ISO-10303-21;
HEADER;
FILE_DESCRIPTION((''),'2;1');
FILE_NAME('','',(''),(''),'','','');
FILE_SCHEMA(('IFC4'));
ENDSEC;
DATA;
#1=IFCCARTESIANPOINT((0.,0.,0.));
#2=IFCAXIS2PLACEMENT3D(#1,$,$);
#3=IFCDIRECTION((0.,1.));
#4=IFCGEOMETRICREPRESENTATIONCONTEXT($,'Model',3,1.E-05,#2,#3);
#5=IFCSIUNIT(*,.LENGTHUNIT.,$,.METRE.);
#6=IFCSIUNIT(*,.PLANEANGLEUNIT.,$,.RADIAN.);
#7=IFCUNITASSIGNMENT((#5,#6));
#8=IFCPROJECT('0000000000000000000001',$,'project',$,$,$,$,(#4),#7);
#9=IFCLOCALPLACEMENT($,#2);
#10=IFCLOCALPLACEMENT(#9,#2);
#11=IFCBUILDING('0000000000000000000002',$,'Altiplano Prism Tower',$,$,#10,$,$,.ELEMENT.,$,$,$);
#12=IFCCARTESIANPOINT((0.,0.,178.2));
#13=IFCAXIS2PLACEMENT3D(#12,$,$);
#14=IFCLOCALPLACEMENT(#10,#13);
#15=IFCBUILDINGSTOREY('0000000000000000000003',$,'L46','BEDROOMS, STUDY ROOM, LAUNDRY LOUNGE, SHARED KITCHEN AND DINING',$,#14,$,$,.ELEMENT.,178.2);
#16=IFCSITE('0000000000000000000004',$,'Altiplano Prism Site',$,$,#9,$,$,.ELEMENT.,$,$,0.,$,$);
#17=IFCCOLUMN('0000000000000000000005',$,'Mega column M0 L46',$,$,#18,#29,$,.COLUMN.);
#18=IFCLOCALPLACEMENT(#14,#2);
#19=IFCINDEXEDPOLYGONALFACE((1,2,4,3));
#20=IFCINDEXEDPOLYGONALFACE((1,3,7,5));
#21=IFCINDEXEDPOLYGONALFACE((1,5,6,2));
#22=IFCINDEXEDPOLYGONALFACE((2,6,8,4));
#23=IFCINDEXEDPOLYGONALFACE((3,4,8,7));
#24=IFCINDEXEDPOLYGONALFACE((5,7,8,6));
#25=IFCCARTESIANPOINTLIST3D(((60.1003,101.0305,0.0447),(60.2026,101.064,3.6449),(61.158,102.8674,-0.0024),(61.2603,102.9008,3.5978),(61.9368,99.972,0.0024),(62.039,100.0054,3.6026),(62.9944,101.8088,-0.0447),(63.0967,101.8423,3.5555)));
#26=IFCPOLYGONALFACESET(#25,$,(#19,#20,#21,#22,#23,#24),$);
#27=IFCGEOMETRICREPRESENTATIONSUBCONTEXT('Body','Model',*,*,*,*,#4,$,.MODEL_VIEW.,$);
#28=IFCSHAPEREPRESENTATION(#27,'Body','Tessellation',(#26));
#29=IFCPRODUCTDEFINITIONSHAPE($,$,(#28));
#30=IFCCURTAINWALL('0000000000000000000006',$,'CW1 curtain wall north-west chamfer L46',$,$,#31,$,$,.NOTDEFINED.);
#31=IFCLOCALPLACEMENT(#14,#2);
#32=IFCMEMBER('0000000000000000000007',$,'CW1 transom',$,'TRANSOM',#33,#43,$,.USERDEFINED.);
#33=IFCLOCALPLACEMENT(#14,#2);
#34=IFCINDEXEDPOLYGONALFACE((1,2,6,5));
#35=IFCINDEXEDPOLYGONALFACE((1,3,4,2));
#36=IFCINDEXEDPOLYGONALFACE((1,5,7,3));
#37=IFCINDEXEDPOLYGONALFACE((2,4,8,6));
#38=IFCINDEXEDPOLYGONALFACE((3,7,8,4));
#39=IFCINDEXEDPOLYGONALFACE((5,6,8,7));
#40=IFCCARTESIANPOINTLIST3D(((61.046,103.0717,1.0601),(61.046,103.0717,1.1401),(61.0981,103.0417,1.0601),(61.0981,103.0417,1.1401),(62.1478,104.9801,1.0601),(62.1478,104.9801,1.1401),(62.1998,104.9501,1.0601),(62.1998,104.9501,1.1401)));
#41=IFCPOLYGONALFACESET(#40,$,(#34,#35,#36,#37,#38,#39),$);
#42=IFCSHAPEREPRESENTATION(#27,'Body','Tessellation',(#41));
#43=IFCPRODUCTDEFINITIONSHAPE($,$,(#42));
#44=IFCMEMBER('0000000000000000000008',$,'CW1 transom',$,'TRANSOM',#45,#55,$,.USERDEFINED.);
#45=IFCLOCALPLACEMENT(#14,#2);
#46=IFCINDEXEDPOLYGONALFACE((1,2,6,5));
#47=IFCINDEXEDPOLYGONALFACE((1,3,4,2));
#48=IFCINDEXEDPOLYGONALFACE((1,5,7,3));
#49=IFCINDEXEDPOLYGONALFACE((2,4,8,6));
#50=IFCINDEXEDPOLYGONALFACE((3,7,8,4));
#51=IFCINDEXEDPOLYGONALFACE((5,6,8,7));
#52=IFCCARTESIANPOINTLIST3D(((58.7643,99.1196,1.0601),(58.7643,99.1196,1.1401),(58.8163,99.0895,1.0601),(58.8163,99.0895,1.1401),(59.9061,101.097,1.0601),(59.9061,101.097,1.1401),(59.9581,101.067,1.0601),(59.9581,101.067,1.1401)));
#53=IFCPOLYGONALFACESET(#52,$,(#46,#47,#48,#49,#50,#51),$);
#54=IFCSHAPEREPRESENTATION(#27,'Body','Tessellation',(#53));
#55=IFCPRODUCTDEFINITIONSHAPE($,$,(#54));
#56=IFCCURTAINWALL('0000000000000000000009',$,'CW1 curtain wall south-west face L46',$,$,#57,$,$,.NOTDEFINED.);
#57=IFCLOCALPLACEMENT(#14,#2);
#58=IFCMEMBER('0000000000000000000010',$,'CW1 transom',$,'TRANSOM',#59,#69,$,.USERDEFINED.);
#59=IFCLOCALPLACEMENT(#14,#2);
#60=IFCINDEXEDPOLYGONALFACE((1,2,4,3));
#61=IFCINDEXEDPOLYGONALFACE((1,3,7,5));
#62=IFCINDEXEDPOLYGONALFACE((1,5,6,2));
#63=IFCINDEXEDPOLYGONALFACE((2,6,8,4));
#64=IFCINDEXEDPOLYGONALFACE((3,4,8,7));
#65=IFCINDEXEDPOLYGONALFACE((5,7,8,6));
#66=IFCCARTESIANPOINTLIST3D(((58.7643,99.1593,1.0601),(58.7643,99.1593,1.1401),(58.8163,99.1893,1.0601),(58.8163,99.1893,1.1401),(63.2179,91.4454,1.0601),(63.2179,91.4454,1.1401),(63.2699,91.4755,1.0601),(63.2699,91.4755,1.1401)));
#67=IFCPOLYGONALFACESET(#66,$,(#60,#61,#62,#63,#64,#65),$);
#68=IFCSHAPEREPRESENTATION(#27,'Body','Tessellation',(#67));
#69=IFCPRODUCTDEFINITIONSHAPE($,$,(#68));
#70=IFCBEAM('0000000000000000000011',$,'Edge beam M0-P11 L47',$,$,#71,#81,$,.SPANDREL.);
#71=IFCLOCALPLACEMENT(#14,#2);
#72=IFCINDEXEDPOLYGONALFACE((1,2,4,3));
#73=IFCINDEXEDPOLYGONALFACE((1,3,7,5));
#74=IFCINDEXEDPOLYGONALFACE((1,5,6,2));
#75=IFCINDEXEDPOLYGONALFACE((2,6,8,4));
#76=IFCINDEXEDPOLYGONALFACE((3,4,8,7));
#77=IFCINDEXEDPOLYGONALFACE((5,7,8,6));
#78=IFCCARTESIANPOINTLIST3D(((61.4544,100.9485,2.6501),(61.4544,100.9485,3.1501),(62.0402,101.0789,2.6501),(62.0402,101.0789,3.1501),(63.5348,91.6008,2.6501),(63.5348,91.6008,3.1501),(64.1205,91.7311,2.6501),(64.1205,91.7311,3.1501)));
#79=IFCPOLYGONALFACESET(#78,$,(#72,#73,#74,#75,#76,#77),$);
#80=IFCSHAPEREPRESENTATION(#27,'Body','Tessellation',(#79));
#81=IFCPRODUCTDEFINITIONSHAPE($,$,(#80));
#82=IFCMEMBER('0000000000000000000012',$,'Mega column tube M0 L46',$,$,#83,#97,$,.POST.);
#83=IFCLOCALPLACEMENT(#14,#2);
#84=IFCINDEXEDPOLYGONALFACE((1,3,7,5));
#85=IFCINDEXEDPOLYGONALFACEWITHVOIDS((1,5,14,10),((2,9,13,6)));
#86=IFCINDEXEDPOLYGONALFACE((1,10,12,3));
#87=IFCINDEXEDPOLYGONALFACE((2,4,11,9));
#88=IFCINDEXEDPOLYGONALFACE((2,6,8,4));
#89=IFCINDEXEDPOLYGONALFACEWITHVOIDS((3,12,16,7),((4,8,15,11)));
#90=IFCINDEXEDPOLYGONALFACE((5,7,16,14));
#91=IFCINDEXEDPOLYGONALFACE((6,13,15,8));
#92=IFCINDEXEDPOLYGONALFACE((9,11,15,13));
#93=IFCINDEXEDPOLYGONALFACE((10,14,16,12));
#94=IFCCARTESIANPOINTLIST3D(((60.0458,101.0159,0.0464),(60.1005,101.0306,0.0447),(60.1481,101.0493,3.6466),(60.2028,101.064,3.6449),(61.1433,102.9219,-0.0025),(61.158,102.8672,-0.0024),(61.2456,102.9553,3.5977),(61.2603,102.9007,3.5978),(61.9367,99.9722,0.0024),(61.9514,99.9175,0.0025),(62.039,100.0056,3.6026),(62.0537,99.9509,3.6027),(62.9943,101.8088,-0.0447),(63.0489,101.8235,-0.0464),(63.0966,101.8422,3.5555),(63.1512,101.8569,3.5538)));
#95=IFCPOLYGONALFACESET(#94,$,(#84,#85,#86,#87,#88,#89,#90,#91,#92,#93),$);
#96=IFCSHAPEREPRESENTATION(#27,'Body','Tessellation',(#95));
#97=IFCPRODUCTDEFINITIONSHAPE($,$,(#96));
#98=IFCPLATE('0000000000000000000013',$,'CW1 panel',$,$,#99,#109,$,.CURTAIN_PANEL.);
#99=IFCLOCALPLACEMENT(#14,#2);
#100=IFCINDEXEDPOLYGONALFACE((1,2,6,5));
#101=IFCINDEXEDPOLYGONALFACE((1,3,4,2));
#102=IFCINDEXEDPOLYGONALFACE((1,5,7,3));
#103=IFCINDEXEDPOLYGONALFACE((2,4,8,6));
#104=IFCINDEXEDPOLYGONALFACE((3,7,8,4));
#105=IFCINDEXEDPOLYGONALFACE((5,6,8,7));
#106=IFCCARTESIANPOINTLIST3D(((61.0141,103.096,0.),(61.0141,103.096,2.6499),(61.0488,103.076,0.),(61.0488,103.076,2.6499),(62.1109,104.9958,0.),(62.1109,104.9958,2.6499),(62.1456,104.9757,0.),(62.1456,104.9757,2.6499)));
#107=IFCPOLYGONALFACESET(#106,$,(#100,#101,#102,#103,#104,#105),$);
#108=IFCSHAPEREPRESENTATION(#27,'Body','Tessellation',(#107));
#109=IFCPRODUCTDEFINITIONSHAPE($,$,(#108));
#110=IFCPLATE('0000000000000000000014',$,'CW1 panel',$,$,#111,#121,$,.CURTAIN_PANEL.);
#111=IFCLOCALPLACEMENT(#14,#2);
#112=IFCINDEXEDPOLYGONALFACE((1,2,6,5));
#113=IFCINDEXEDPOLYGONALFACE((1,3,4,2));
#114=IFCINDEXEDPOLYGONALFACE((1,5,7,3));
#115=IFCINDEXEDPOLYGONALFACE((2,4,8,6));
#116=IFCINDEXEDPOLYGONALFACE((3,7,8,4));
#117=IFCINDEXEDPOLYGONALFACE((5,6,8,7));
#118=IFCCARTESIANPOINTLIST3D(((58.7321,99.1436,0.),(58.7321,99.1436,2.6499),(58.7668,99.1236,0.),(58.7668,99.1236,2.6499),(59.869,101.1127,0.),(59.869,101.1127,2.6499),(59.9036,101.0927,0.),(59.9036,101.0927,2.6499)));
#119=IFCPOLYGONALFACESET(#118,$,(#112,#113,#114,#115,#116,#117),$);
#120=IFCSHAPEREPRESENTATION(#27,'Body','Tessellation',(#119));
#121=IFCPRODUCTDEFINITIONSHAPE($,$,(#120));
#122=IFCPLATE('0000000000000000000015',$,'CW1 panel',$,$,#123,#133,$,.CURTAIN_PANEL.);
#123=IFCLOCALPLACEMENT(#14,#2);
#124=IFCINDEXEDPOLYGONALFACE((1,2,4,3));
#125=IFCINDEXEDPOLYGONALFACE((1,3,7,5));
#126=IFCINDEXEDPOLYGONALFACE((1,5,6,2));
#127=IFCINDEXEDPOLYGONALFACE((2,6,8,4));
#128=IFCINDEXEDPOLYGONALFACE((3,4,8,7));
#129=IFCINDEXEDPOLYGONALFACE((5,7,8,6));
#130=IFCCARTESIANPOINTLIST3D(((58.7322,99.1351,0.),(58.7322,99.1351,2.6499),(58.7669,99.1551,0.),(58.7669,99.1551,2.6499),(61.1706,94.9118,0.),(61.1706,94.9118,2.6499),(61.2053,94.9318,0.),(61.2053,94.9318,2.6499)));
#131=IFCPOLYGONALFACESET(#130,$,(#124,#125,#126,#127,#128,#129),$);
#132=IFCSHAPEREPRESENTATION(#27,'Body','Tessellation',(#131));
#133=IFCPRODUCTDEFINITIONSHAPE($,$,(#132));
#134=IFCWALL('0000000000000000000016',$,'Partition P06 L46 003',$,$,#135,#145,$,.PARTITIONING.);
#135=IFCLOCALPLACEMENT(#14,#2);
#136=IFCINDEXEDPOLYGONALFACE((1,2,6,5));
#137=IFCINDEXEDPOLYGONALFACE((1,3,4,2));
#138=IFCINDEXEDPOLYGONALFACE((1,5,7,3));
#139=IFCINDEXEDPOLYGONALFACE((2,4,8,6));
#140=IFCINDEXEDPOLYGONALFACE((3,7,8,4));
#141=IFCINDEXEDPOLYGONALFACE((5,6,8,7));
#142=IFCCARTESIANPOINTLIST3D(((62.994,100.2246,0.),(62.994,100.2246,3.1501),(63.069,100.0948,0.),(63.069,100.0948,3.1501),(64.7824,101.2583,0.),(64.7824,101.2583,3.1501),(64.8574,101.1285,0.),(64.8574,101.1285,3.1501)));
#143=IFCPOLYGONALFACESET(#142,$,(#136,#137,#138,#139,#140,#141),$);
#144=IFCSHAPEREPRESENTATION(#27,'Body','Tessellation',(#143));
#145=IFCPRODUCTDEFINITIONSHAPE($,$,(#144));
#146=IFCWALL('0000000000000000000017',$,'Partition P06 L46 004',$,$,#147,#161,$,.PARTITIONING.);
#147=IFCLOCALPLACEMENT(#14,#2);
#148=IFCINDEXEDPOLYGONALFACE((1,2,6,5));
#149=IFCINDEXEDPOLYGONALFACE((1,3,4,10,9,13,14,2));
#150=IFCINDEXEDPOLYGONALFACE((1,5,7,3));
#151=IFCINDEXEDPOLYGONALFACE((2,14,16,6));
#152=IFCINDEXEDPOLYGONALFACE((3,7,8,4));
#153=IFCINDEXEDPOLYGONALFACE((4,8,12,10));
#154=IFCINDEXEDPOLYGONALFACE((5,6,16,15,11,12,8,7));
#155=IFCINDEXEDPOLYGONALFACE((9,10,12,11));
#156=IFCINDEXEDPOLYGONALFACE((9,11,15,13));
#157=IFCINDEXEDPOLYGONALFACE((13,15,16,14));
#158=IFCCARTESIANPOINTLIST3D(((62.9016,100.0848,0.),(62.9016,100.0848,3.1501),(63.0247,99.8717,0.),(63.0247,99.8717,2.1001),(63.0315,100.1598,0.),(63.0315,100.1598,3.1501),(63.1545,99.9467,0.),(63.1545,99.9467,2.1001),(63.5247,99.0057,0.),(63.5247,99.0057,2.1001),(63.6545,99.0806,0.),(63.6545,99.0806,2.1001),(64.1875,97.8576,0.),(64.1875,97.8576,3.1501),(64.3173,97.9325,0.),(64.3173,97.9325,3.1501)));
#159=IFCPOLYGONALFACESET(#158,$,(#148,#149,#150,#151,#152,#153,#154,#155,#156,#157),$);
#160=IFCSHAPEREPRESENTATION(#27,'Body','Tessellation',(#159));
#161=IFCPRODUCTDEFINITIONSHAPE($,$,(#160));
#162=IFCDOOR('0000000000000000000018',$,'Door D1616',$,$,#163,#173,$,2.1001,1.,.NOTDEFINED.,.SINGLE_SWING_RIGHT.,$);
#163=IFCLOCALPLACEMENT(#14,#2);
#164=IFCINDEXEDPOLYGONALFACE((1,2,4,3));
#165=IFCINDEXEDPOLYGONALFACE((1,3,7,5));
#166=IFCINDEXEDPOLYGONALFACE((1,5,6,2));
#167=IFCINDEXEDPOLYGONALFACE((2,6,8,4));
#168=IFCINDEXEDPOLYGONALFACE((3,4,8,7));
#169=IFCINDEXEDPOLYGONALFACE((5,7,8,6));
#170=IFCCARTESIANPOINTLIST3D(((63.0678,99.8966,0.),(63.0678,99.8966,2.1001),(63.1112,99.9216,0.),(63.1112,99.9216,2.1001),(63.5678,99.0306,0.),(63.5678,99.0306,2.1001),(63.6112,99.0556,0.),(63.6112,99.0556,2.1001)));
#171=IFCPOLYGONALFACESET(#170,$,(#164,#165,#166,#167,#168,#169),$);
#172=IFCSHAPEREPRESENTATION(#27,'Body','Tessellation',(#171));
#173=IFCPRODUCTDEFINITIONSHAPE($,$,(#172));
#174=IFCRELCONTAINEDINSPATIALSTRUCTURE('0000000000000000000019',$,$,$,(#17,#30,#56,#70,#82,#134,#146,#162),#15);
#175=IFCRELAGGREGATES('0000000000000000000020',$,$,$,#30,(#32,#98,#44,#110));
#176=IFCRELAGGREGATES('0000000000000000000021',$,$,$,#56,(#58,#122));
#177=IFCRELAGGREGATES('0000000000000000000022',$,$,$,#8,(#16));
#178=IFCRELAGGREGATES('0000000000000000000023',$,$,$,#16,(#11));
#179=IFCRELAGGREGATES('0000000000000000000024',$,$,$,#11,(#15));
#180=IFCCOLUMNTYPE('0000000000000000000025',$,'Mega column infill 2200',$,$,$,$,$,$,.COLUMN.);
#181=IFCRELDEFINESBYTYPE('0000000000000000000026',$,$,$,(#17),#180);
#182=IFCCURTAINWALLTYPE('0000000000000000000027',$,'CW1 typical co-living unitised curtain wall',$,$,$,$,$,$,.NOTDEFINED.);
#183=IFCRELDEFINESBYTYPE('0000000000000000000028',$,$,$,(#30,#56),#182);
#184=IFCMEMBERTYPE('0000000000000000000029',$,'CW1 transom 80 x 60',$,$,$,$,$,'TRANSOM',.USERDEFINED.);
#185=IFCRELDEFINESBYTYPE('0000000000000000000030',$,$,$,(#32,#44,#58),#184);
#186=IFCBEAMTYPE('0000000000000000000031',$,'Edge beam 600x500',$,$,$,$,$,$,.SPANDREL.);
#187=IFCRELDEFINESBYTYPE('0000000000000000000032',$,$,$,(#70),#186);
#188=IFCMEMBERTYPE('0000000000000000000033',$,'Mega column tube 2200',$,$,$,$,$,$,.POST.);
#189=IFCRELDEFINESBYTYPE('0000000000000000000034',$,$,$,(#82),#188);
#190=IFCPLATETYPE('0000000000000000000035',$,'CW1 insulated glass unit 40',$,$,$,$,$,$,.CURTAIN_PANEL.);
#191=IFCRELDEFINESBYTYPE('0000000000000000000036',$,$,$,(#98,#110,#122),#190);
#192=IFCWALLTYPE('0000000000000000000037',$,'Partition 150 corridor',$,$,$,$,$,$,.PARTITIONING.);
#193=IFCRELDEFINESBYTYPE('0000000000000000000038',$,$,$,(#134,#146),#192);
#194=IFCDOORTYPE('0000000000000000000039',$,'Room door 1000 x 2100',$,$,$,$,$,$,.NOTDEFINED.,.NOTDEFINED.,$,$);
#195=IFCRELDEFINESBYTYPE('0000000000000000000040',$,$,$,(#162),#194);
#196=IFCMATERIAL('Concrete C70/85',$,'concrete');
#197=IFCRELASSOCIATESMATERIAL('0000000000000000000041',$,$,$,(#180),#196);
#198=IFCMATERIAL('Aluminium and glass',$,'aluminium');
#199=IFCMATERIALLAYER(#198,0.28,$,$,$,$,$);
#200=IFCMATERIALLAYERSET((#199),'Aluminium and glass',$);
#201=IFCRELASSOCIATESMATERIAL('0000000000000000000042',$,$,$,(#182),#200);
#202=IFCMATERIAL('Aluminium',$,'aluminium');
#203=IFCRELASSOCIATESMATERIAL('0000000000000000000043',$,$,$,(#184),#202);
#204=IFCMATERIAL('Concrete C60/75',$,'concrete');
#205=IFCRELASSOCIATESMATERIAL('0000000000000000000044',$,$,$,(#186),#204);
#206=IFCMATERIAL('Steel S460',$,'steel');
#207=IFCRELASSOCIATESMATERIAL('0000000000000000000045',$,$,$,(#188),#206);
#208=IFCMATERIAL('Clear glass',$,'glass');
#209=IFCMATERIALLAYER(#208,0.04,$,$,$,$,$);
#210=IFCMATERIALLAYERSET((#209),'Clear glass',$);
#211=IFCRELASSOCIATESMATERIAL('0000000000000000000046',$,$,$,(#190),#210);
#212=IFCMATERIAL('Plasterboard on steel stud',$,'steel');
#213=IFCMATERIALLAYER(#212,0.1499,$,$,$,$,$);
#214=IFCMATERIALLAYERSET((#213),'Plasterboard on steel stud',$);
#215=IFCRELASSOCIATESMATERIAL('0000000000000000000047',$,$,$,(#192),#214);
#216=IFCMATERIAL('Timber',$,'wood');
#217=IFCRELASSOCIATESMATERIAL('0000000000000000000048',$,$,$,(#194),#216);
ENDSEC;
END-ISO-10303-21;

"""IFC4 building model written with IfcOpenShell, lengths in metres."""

from ifc_helpers import new_model, si_unit, direction, frame, frame_2d, origin, origin_2d, place, context, subcontext, project, spatial, rectangle, hollow_rectangle, extrude, material, layer, layer_set, material_profile, profile_set, type_object, element, fill, aggregate, save


model = new_model("IFC4")

# Units and contexts
model_context = context("Model", 3, precision=1e-05, world=origin(), true_north=direction((0.0, 1.0)))
body_context = subcontext(model_context, "Body", "Model", "MODEL_VIEW")
ifc_project = project(units=[si_unit("LENGTHUNIT", "METRE"), si_unit("PLANEANGLEUNIT", "RADIAN")], contexts=[model_context])

# Site, building, storey
site_placement = place(None, origin())
site = spatial("IfcSite", under=ifc_project, at=site_placement, Name="Altiplano Prism Site", CompositionType="ELEMENT", RefElevation=0.0)
building_placement = place(site_placement, origin())
building = spatial("IfcBuilding", under=site, at=building_placement, Name="Altiplano Prism Tower", CompositionType="ELEMENT")
storey_placement = place(building_placement, frame((0.0, 0.0, 178.2)))
storey = spatial("IfcBuildingStorey", under=building, at=storey_placement, Name="L46", Description="BEDROOMS, STUDY ROOM, LAUNDRY LOUNGE, SHARED KITCHEN AND DINING", CompositionType="ELEMENT", Elevation=178.2)

# Column
ifc_material_1 = material(Name="Concrete C70/85", Category="concrete")
ifc_material_profile_1 = material_profile(ifc_material_1, rectangle(XDim=2.1201, YDim=2.1201, at=origin_2d()), Name="Mega column infill 2200")
ifc_profile_set_1 = profile_set([ifc_material_profile_1], Name="Concrete C70/85")
column_type = type_object("IfcColumnType", Name="Mega column infill 2200", PredefinedType="COLUMN", material=ifc_profile_set_1)
column_placement = place(storey_placement, frame((61.5474, 101.4197, 0.0), z_axis=(0.028402, 0.009287, 0.999553), x_axis=(-0.866206, 0.499287, 0.019974)))
element("IfcColumn", 1, at=column_placement, inside=storey, type_object=column_type, Name="Mega column M0 L46", PredefinedType="COLUMN", context=body_context, shape_type="SweptSolid", body=[
    extrude(rectangle(XDim=2.1201, YDim=2.1201, at=origin_2d()), origin(), (0.0, 0.0, 1.0), 3.6018),
])

# Curtain wall, members
ifc_material_2 = material(Name="Aluminium and glass", Category="aluminium")
ifc_layer_1 = layer(ifc_material_2, 0.28)
ifc_layer_set_1 = layer_set([ifc_layer_1], Name="Aluminium and glass")
curtain_wall_type = type_object("IfcCurtainWallType", Name="CW1 typical co-living unitised curtain wall", PredefinedType="NOTDEFINED", material=ifc_layer_set_1)
curtain_wall_1_placement = place(storey_placement, origin())
curtain_wall_1 = element("IfcCurtainWall", 2, at=curtain_wall_1_placement, inside=storey, type_object=curtain_wall_type, Name="CW1 curtain wall north-west chamfer L46", PredefinedType="NOTDEFINED")
ifc_material_3 = material(Name="Aluminium", Category="aluminium")
ifc_material_profile_2 = material_profile(ifc_material_3, rectangle(XDim=0.0601, YDim=0.0801, at=origin_2d()), Name="CW1 transom 80 x 60")
ifc_profile_set_2 = profile_set([ifc_material_profile_2], Name="Aluminium")
member_type_1 = type_object("IfcMemberType", Name="CW1 transom 80 x 60", ElementType="TRANSOM", PredefinedType="USERDEFINED", material=ifc_profile_set_2)
member_1_placement = place(storey_placement, frame((62.1738, 104.9651, 1.1001), z_axis=(-0.499988, -0.866032, 0.0), x_axis=(0.866032, -0.499988, 0.0)))
member_1 = element("IfcMember", 3, at=member_1_placement, type_object=member_type_1, Name="CW1 transom", ObjectType="TRANSOM", PredefinedType="USERDEFINED", context=body_context, shape_type="SweptSolid", body=[
    extrude(rectangle(XDim=0.0601, YDim=0.0801, at=origin_2d()), origin(), (0.0, 0.0, 1.0), 2.2036),
])
member_2_placement = place(storey_placement, frame((59.9321, 101.082, 1.1001), z_axis=(-0.500037, -0.866004, 0.0), x_axis=(0.866004, -0.500037, 0.0)))
member_2 = element("IfcMember", 4, at=member_2_placement, type_object=member_type_1, Name="CW1 transom", ObjectType="TRANSOM", PredefinedType="USERDEFINED", context=body_context, shape_type="SweptSolid", body=[
    extrude(rectangle(XDim=0.0601, YDim=0.0801, at=origin_2d()), origin(), (0.0, 0.0, 1.0), 2.2834),
])

# Curtain wall, member
curtain_wall_2_placement = place(storey_placement, origin())
curtain_wall_2 = element("IfcCurtainWall", 5, at=curtain_wall_2_placement, inside=storey, type_object=curtain_wall_type, Name="CW1 curtain wall south-west face L46", PredefinedType="NOTDEFINED")
member_3_placement = place(storey_placement, frame((58.7903, 99.1743, 1.1001), z_axis=(0.500001, -0.866025, 0.0), x_axis=(0.866025, 0.500001, 0.0)))
member_3 = element("IfcMember", 6, at=member_3_placement, type_object=member_type_1, Name="CW1 transom", ObjectType="TRANSOM", PredefinedType="USERDEFINED", context=body_context, shape_type="SweptSolid", body=[
    extrude(rectangle(XDim=0.0601, YDim=0.0801, at=origin_2d()), origin(), (0.0, 0.0, 1.0), 8.9072),
])

# Beam
ifc_material_4 = material(Name="Concrete C60/75", Category="concrete")
ifc_material_profile_3 = material_profile(ifc_material_4, rectangle(XDim=0.6001, YDim=0.5, at=origin_2d()), Name="Edge beam 600x500")
ifc_profile_set_3 = profile_set([ifc_material_profile_3], Name="Concrete C60/75")
beam_type = type_object("IfcBeamType", Name="Edge beam 600x500", PredefinedType="SPANDREL", material=ifc_profile_set_3)
beam_placement = place(storey_placement, frame((61.7473, 101.0137, 2.9001), z_axis=(0.217235, -0.976119, 0.0), x_axis=(0.976119, 0.217235, 0.0)))
element("IfcBeam", 7, at=beam_placement, inside=storey, type_object=beam_type, Name="Edge beam M0-P11 L47", PredefinedType="SPANDREL", context=body_context, shape_type="SweptSolid", body=[
    extrude(rectangle(XDim=0.6001, YDim=0.5, at=origin_2d()), origin(), (0.0, 0.0, 1.0), 9.5764),
])

# Member
ifc_material_5 = material(Name="Steel S460", Category="steel")
ifc_material_profile_4 = material_profile(ifc_material_5, hollow_rectangle(XDim=2.2, YDim=2.2, WallThickness=0.04, at=origin_2d()), Name="Mega column tube 2200")
ifc_profile_set_4 = profile_set([ifc_material_profile_4], Name="Steel S460")
member_type_2 = type_object("IfcMemberType", Name="Mega column tube 2200", PredefinedType="POST", material=ifc_profile_set_4)
member_4_placement = place(storey_placement, frame((61.5474, 101.4197, 0.0), z_axis=(0.028402, 0.009287, 0.999553), x_axis=(-0.866206, 0.499287, 0.019974)))
element("IfcMember", 8, at=member_4_placement, inside=storey, type_object=member_type_2, Name="Mega column tube M0 L46", PredefinedType="POST", context=body_context, shape_type="SweptSolid", body=[
    extrude(hollow_rectangle(XDim=2.2, YDim=2.2, WallThickness=0.04, at=origin_2d()), origin(), (0.0, 0.0, 1.0), 3.6018),
])

# Plates
ifc_material_6 = material(Name="Clear glass", Category="glass")
ifc_layer_2 = layer(ifc_material_6, 0.04)
ifc_layer_set_2 = layer_set([ifc_layer_2], Name="Clear glass")
plate_type = type_object("IfcPlateType", Name="CW1 insulated glass unit 40", PredefinedType="CURTAIN_PANEL", material=ifc_layer_set_2)
plate_1_placement = place(storey_placement, frame((61.5798, 104.0359, 0.0), z_axis=(0.0, 0.0, 1.0), x_axis=(-0.5, -0.866025, 0.0)))
plate_1 = element("IfcPlate", 9, at=plate_1_placement, type_object=plate_type, Name="CW1 panel", PredefinedType="CURTAIN_PANEL", context=body_context, shape_type="SweptSolid", body=[
    extrude(rectangle(XDim=2.1936, YDim=0.04, at=origin_2d()), origin(), (0.0, 0.0, 1.0), 2.6499),
])
plate_2_placement = place(storey_placement, frame((59.3179, 100.1182, 0.0), z_axis=(0.0, 0.0, 1.0), x_axis=(-0.5, -0.866025, 0.0)))
plate_2 = element("IfcPlate", 10, at=plate_2_placement, type_object=plate_type, Name="CW1 panel", PredefinedType="CURTAIN_PANEL", context=body_context, shape_type="SweptSolid", body=[
    extrude(rectangle(XDim=2.2737, YDim=0.04, at=origin_2d()), origin(), (0.0, 0.0, 1.0), 2.6499),
])
aggregate(curtain_wall_1, [member_1, plate_1, member_2, plate_2])
plate_3_placement = place(storey_placement, frame((59.9688, 97.0334, 0.0), z_axis=(0.0, 0.0, 1.0), x_axis=(0.5, -0.866025, 0.0)))
plate_3 = element("IfcPlate", 11, at=plate_3_placement, type_object=plate_type, Name="CW1 panel", PredefinedType="CURTAIN_PANEL", context=body_context, shape_type="SweptSolid", body=[
    extrude(rectangle(XDim=4.8767, YDim=0.04, at=origin_2d()), origin(), (0.0, 0.0, 1.0), 2.6499),
])
aggregate(curtain_wall_2, [member_3, plate_3])

# Wall
ifc_material_7 = material(Name="Plasterboard on steel stud", Category="steel")
ifc_layer_3 = layer(ifc_material_7, 0.1499)
ifc_layer_set_3 = layer_set([ifc_layer_3], Name="Plasterboard on steel stud")
wall_type_1 = type_object("IfcWallType", Name="Partition 150 corridor", PredefinedType="PARTITIONING", material=ifc_layer_set_3)
wall_1_placement = place(storey_placement, frame((64.8198, 101.1934, 0.0), z_axis=(0.0, 0.0, 1.0), x_axis=(-0.865774, -0.500435, 0.0)))
element("IfcWall", 12, at=wall_1_placement, inside=storey, type_object=wall_type_1, Name="Partition P06 L46 003", PredefinedType="PARTITIONING", context=body_context, shape_type="SweptSolid", body=[
    extrude(rectangle(XDim=2.0657, YDim=0.1499, at=frame_2d((1.0327, 0.0))), origin(), (0.0, 0.0, 1.0), 3.1501),
])

# Wall, opening, door
wall_2_placement = place(storey_placement, frame((62.9666, 100.1223, 0.0), z_axis=(0.0, 0.0, 1.0), x_axis=(0.499988, -0.866032, 0.0)))
wall_2 = element("IfcWall", 13, at=wall_2_placement, inside=storey, type_object=wall_type_1, Name="Partition P06 L46 004", PredefinedType="PARTITIONING", context=body_context, shape_type="SweptSolid", body=[
    extrude(rectangle(XDim=2.5718, YDim=0.1499, at=frame_2d((1.2859, 0.0))), origin(), (0.0, 0.0, 1.0), 3.1501),
])
opening_placement = place(wall_2_placement, frame((0.2461, 0.0, 0.0)))
opening = element("IfcOpeningElement", 14, at=opening_placement, cuts=wall_2, PredefinedType="OPENING", context=body_context, shape_type="SweptSolid", body=[
    extrude(rectangle(XDim=1.0, YDim=2.1001, at=frame_2d((0.5, 1.05))), frame((0.0, 0.0854, 0.0), z_axis=(0.0, -1.0, 0.0), x_axis=(1.0, 0.0, 0.0)), (0.0, 0.0, 1.0), 0.1709),
])
ifc_material_8 = material(Name="Timber", Category="wood")
door_type = type_object("IfcDoorType", Name="Room door 1000 x 2100", OperationType="NOTDEFINED", PredefinedType="NOTDEFINED", material=ifc_material_8)
door_placement = place(opening_placement, origin())
door = element("IfcDoor", 15, at=door_placement, inside=storey, type_object=door_type, Name="Door D1616", OperationType="SINGLE_SWING_RIGHT", OverallHeight=2.1001, OverallWidth=1.0, PredefinedType="NOTDEFINED", context=body_context, shape_type="SweptSolid", body=[
    extrude(rectangle(XDim=1.0, YDim=2.1001, at=frame_2d((0.5, 1.05))), frame((0.0, 0.0249, 0.0), z_axis=(0.0, -1.0, 0.0), x_axis=(1.0, 0.0, 0.0)), (0.0, 0.0, 1.0), 0.05),
])
fill(opening, door)

save(model, "model.ifc")
